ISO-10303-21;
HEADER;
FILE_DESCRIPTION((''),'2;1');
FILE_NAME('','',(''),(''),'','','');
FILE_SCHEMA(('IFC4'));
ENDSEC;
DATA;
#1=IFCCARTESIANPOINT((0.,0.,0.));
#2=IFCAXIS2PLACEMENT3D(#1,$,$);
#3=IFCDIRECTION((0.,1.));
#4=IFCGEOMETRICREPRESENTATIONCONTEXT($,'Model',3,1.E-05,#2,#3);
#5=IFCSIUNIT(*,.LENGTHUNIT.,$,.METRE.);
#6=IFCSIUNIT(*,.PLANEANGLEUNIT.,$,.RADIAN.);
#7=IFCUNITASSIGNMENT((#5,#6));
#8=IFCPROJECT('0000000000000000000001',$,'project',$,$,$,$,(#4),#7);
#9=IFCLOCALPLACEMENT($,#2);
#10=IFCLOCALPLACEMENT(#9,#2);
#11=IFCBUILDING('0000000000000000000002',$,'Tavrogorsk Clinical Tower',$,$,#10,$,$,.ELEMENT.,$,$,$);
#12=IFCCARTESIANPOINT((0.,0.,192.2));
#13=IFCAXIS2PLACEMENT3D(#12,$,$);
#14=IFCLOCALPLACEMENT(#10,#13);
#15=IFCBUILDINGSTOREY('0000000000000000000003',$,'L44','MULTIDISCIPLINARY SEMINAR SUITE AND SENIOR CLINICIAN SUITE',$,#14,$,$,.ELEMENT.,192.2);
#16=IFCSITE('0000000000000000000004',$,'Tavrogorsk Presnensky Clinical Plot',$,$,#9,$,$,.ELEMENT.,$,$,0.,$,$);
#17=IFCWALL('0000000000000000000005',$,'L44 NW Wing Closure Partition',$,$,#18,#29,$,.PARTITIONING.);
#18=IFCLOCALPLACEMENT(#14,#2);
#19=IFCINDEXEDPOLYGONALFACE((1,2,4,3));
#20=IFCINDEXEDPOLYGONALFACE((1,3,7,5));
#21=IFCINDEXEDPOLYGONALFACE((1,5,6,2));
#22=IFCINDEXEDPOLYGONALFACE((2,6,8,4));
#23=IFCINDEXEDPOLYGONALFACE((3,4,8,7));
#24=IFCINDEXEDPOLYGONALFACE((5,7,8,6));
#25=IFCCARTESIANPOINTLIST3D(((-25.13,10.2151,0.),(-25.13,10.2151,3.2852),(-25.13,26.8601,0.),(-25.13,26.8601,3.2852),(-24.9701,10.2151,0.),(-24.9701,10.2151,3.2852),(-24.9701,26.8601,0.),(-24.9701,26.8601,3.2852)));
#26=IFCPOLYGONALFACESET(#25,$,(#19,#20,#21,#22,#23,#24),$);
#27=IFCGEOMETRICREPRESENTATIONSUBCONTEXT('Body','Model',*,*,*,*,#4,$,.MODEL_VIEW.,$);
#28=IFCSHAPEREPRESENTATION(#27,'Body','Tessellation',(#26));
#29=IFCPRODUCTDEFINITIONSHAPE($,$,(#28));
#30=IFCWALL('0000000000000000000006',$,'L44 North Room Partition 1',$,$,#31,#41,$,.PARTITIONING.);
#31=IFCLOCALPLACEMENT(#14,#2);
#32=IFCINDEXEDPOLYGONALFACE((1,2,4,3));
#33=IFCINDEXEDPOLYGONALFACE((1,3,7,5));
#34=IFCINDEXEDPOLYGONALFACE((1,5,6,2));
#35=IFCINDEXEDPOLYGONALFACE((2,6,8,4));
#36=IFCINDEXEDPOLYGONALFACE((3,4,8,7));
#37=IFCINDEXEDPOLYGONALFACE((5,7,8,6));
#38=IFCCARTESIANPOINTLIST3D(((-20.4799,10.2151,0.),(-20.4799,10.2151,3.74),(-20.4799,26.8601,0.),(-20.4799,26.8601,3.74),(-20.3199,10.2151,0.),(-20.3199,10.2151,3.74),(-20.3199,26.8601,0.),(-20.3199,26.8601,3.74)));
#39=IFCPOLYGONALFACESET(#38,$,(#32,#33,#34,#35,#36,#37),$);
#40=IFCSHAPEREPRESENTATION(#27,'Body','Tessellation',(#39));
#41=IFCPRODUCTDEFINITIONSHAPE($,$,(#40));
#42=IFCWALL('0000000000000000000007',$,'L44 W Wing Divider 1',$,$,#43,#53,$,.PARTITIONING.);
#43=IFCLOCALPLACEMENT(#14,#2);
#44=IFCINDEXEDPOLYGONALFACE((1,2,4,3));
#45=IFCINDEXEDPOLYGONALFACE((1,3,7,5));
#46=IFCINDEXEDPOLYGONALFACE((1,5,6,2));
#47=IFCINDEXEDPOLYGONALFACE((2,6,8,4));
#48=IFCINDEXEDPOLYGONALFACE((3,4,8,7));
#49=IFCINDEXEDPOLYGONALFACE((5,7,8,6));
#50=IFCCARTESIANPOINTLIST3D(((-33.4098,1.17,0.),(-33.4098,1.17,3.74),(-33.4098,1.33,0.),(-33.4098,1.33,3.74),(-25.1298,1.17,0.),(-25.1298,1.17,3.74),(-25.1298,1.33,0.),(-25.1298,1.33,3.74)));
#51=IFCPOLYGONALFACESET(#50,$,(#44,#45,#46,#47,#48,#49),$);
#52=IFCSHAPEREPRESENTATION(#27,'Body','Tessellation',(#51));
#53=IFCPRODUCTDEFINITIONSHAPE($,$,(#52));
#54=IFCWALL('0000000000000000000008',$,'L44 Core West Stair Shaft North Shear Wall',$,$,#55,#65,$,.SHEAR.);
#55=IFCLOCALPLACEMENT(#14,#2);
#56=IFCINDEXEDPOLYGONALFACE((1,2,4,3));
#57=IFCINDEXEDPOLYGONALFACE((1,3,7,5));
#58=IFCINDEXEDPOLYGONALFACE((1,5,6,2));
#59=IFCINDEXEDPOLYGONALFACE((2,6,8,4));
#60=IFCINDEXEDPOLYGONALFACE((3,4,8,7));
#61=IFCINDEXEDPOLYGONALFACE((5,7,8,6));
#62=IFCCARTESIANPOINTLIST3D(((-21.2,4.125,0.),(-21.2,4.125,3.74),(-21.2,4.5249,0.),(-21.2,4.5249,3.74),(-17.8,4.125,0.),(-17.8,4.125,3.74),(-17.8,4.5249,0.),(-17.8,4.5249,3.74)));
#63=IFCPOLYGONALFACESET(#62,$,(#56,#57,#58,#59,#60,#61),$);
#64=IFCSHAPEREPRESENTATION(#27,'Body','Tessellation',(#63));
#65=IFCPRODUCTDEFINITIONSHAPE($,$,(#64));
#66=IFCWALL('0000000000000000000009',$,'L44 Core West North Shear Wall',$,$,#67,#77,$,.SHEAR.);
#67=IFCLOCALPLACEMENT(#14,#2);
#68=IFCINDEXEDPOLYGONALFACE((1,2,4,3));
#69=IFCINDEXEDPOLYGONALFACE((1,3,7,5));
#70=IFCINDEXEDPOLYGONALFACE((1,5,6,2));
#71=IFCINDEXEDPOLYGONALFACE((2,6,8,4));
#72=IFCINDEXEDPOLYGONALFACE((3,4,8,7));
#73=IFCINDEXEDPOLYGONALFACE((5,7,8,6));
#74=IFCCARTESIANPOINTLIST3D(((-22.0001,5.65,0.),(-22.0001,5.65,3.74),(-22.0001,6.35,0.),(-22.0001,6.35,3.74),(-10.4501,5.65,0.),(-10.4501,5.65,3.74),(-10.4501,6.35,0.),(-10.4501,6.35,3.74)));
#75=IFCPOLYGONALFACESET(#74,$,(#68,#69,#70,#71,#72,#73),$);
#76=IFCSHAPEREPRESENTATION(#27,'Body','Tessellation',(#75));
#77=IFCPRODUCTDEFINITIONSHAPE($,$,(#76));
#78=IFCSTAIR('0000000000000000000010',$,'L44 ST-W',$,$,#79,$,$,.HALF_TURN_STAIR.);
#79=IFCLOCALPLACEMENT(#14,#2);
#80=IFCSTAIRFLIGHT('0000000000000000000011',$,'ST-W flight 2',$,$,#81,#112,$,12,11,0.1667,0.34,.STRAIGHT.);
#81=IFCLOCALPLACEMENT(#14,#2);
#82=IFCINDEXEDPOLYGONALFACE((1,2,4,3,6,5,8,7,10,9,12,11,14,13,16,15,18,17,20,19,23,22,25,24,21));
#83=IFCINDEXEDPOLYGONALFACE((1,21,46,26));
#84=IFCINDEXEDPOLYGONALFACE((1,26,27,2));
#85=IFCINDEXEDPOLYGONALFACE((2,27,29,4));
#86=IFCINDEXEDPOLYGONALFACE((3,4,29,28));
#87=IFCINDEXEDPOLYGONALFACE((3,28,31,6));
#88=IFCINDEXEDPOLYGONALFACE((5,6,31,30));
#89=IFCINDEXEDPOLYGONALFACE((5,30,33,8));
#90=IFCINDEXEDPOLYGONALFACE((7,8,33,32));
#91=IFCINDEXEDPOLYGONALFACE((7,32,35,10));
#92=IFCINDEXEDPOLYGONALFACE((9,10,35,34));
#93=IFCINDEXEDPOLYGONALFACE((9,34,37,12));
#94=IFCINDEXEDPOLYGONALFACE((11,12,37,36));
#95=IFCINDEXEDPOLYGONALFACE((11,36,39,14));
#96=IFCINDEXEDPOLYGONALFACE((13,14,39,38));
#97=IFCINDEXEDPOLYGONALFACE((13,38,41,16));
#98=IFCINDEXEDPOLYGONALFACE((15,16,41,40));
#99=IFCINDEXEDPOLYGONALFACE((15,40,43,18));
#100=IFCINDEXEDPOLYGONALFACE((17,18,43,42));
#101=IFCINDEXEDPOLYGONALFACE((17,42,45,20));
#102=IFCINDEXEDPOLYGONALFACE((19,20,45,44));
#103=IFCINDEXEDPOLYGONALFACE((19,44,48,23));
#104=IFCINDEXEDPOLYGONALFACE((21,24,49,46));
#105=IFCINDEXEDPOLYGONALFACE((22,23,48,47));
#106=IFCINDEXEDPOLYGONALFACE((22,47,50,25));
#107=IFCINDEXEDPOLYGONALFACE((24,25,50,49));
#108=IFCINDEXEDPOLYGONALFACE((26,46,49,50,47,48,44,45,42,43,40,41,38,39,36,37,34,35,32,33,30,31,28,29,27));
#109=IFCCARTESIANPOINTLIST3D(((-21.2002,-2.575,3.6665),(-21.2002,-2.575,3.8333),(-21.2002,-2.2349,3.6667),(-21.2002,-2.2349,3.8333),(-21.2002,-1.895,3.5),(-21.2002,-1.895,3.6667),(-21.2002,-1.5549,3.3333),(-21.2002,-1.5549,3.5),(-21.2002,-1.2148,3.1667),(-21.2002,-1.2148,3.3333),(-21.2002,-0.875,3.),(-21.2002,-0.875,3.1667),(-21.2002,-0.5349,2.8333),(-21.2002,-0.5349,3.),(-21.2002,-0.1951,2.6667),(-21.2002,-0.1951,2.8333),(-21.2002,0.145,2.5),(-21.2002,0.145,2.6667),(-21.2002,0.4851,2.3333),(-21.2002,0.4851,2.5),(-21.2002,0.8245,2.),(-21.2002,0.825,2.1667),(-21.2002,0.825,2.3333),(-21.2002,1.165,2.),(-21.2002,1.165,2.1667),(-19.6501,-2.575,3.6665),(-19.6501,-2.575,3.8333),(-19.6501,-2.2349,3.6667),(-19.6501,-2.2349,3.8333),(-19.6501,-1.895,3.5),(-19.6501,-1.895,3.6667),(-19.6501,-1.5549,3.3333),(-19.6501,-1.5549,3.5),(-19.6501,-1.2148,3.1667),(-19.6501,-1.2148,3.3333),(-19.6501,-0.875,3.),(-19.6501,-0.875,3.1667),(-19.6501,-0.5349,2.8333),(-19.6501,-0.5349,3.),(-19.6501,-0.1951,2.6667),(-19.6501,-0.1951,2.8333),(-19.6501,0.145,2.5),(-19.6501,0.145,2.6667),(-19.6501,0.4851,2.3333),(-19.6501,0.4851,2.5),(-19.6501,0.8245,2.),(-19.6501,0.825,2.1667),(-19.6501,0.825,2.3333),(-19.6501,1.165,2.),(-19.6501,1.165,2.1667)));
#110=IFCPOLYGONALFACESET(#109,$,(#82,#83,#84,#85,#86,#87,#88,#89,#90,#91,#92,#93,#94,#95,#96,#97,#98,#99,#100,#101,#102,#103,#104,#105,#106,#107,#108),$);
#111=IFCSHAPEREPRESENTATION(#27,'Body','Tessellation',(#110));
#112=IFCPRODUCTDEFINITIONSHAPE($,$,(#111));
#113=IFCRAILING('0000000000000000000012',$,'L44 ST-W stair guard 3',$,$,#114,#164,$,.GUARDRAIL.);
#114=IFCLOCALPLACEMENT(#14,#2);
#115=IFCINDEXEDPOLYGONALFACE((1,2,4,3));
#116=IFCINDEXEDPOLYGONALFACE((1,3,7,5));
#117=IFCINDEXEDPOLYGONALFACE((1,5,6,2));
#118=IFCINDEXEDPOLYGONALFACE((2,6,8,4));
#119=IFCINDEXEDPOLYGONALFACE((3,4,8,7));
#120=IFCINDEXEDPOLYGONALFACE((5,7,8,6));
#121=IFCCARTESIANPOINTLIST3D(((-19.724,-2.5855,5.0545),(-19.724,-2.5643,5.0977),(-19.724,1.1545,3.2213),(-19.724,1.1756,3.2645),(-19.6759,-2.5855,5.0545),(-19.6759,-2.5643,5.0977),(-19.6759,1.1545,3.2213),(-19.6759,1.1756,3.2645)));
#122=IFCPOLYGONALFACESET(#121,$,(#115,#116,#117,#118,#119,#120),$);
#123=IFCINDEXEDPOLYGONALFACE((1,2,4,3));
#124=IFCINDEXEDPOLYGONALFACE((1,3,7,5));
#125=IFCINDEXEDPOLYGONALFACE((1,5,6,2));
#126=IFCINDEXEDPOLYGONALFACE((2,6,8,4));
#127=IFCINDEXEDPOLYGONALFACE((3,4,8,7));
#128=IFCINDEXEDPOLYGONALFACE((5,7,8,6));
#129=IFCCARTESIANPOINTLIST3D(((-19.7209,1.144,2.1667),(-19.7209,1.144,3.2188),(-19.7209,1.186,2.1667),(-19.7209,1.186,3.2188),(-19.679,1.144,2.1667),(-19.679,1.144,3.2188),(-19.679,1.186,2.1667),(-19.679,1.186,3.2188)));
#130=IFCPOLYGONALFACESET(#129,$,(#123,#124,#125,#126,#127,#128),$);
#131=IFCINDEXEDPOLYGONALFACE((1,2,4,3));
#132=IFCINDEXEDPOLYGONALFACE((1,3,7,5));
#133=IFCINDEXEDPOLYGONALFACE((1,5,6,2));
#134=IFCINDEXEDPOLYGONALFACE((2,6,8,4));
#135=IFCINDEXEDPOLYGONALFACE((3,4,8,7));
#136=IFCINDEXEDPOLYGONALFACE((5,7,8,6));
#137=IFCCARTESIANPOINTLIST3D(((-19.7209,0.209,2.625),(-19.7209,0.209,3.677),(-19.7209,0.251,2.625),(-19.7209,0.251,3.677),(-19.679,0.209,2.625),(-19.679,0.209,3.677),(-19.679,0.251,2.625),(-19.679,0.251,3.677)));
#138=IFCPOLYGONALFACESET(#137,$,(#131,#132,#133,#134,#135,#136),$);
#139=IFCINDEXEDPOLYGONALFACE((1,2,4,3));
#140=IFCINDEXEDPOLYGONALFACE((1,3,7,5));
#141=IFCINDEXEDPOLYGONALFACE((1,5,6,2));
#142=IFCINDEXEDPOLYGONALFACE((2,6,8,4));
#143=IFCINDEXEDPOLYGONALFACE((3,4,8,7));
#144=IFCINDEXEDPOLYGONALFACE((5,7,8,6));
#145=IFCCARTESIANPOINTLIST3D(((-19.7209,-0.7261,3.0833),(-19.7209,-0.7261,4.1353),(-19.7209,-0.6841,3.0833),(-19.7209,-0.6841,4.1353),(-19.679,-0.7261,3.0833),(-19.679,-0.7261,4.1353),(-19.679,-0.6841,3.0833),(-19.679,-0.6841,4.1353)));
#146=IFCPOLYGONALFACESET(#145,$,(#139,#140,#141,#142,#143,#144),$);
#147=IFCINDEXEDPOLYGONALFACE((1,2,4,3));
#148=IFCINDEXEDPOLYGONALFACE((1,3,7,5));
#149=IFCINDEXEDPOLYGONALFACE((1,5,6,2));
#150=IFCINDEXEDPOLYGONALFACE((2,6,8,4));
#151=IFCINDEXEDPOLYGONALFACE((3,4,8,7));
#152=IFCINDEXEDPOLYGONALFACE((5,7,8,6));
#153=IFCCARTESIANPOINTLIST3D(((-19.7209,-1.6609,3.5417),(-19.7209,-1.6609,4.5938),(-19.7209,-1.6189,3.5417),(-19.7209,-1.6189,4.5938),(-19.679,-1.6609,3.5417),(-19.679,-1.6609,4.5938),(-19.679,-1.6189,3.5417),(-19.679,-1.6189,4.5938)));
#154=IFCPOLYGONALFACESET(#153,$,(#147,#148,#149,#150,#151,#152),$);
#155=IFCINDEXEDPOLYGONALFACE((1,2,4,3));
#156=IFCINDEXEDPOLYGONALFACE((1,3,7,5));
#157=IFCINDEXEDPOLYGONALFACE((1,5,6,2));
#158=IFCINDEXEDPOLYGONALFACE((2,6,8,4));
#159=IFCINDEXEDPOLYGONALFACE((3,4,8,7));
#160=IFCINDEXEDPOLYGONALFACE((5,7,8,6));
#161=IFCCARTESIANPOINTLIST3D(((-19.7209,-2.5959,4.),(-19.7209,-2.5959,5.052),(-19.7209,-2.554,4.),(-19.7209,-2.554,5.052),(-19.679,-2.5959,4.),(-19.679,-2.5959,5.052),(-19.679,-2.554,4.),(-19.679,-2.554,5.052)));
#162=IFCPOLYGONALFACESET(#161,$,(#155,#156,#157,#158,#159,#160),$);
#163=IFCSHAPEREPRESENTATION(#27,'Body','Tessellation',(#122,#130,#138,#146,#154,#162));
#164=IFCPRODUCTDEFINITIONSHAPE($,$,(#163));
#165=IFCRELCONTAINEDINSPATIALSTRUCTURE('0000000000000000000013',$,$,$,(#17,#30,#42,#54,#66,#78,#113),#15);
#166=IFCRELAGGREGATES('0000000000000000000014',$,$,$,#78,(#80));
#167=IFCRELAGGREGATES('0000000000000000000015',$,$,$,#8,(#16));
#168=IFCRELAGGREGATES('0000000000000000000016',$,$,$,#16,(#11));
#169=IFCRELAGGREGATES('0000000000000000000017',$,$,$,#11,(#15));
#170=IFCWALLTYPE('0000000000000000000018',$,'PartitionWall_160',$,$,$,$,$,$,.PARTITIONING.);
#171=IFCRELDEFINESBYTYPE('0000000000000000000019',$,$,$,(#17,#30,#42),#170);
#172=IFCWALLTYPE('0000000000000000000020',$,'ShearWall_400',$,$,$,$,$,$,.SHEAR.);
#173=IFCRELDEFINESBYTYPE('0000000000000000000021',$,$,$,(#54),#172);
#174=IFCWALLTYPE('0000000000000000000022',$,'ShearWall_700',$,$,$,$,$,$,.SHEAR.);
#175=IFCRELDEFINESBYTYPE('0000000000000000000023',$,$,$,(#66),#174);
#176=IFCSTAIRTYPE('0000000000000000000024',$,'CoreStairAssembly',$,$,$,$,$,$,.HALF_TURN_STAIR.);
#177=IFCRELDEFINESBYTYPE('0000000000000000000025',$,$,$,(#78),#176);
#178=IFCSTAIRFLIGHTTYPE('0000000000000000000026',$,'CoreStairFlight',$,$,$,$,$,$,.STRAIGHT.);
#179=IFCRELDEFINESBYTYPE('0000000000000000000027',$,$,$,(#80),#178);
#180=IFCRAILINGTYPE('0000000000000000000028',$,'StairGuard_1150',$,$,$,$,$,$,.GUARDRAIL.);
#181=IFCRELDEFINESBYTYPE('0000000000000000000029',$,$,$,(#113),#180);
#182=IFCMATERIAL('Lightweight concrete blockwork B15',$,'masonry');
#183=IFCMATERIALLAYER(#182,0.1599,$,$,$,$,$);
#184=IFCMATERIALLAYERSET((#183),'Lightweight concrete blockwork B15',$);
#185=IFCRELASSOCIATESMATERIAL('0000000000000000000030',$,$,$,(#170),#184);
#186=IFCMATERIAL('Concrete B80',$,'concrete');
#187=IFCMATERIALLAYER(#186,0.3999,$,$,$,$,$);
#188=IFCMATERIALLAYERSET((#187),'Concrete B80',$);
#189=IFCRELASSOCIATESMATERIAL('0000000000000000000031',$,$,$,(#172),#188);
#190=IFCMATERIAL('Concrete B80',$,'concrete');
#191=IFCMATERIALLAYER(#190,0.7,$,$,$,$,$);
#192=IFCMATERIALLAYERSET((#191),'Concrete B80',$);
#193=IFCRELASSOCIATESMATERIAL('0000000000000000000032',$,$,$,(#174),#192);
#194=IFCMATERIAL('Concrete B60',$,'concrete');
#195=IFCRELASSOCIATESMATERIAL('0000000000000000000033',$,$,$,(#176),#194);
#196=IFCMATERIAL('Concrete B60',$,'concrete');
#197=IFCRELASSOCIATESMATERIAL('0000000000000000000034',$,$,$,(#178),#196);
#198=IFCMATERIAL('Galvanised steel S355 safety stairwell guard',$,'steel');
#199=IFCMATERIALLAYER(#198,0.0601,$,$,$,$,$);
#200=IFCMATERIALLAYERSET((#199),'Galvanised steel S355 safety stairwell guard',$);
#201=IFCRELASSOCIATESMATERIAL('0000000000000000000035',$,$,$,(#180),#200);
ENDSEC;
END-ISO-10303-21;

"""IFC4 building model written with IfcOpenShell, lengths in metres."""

from ifc_helpers import new_model, si_unit, direction, frame, frame_2d, origin, origin_2d, place, context, subcontext, project, spatial, polyline, rectangle, outline, extrude, material, layer, layer_set, type_object, element, aggregate, save


model = new_model("IFC4")

# Units and contexts
model_context = context("Model", 3, precision=1e-05, world=origin(), true_north=direction((0.0, 1.0)))
body_context = subcontext(model_context, "Body", "Model", "MODEL_VIEW")
ifc_project = project(units=[si_unit("LENGTHUNIT", "METRE"), si_unit("PLANEANGLEUNIT", "RADIAN")], contexts=[model_context])

# Site, building, storey
site_placement = place(None, origin())
site = spatial("IfcSite", under=ifc_project, at=site_placement, Name="Tavrogorsk Presnensky Clinical Plot", CompositionType="ELEMENT", RefElevation=0.0)
building_placement = place(site_placement, origin())
building = spatial("IfcBuilding", under=site, at=building_placement, Name="Tavrogorsk Clinical Tower", CompositionType="ELEMENT")
storey_placement = place(building_placement, frame((0.0, 0.0, 192.2)))
storey = spatial("IfcBuildingStorey", under=building, at=storey_placement, Name="L44", Description="MULTIDISCIPLINARY SEMINAR SUITE AND SENIOR CLINICIAN SUITE", CompositionType="ELEMENT", Elevation=192.2)

# Shared definitions
ifc_material_1 = material(Name="Lightweight concrete blockwork B15", Category="masonry")
ifc_layer_1 = layer(ifc_material_1, 0.1599)
ifc_layer_set_1 = layer_set([ifc_layer_1], Name="Lightweight concrete blockwork B15")
wall_type_1 = type_object("IfcWallType", Name="PartitionWall_160", PredefinedType="PARTITIONING", material=ifc_layer_set_1)

# Walls
wall_1_placement = place(storey_placement, frame((-25.05, 10.2151, 0.0), z_axis=(0.0, 0.0, 1.0), x_axis=(0.0, 1.0, 0.0)))
element("IfcWall", 1, at=wall_1_placement, inside=storey, type_object=wall_type_1, Name="L44 NW Wing Closure Partition", PredefinedType="PARTITIONING", context=body_context, shape_type="SweptSolid", body=[
    extrude(rectangle(XDim=16.645, YDim=0.1599, at=frame_2d((8.3225, 0.0))), origin(), (0.0, 0.0, 1.0), 3.2852),
])
wall_2_placement = place(storey_placement, frame((-20.3999, 10.2151, 0.0), z_axis=(0.0, 0.0, 1.0), x_axis=(0.0, 1.0, 0.0)))
element("IfcWall", 2, at=wall_2_placement, inside=storey, type_object=wall_type_1, Name="L44 North Room Partition 1", PredefinedType="PARTITIONING", context=body_context, shape_type="SweptSolid", body=[
    extrude(rectangle(XDim=16.645, YDim=0.1599, at=frame_2d((8.3225, 0.0))), origin(), (0.0, 0.0, 1.0), 3.74),
])
wall_3_placement = place(storey_placement, frame((-33.4099, 1.25, 0.0), z_axis=(0.0, 0.0, 1.0), x_axis=(1.0, 0.0, 0.0)))
element("IfcWall", 3, at=wall_3_placement, inside=storey, type_object=wall_type_1, Name="L44 W Wing Divider 1", PredefinedType="PARTITIONING", context=body_context, shape_type="SweptSolid", body=[
    extrude(rectangle(XDim=8.28, YDim=0.1599, at=frame_2d((4.1401, 0.0))), origin(), (0.0, 0.0, 1.0), 3.74),
])
ifc_material_2 = material(Name="Concrete B80", Category="concrete")
ifc_layer_2 = layer(ifc_material_2, 0.3999)
ifc_layer_set_2 = layer_set([ifc_layer_2], Name="Concrete B80")
wall_type_2 = type_object("IfcWallType", Name="ShearWall_400", PredefinedType="SHEAR", material=ifc_layer_set_2)
wall_4_placement = place(storey_placement, frame((-21.2, 4.325, 0.0), z_axis=(0.0, 0.0, 1.0), x_axis=(1.0, 0.0, 0.0)))
element("IfcWall", 4, at=wall_4_placement, inside=storey, type_object=wall_type_2, Name="L44 Core West Stair Shaft North Shear Wall", PredefinedType="SHEAR", context=body_context, shape_type="SweptSolid", body=[
    extrude(rectangle(XDim=3.3999, YDim=0.3999, at=frame_2d((1.7, 0.0))), origin(), (0.0, 0.0, 1.0), 3.74),
])
ifc_material_3 = material(Name="Concrete B80", Category="concrete")
ifc_layer_3 = layer(ifc_material_3, 0.7)
ifc_layer_set_3 = layer_set([ifc_layer_3], Name="Concrete B80")
wall_type_3 = type_object("IfcWallType", Name="ShearWall_700", PredefinedType="SHEAR", material=ifc_layer_set_3)
wall_5_placement = place(storey_placement, frame((-22.0, 6.0, 0.0), z_axis=(0.0, 0.0, 1.0), x_axis=(1.0, 0.0, 0.0)))
element("IfcWall", 5, at=wall_5_placement, inside=storey, type_object=wall_type_3, Name="L44 Core West North Shear Wall", PredefinedType="SHEAR", context=body_context, shape_type="SweptSolid", body=[
    extrude(rectangle(XDim=11.55, YDim=0.7, at=frame_2d((5.7749, 0.0))), origin(), (0.0, 0.0, 1.0), 3.74),
])

# Stair, stair flight
ifc_material_4 = material(Name="Concrete B60", Category="concrete")
stair_type = type_object("IfcStairType", Name="CoreStairAssembly", PredefinedType="HALF_TURN_STAIR", material=ifc_material_4)
stair_placement = place(storey_placement, origin())
stair = element("IfcStair", 6, at=stair_placement, inside=storey, type_object=stair_type, Name="L44 ST-W", PredefinedType="HALF_TURN_STAIR")
ifc_material_5 = material(Name="Concrete B60", Category="concrete")
stair_flight_type = type_object("IfcStairFlightType", Name="CoreStairFlight", PredefinedType="STRAIGHT", material=ifc_material_5)
stair_flight_placement = place(storey_placement, frame((-20.425, 1.165, 2.0), z_axis=(0.0, 0.0, 1.0), x_axis=(0.0, -1.0, 0.0)))
stair_flight = element("IfcStairFlight", 7, at=stair_flight_placement, type_object=stair_flight_type, Name="ST-W flight 2", NumberOfRisers=12, NumberOfTreads=11, PredefinedType="STRAIGHT", RiserHeight=0.1667, TreadLength=0.34, context=body_context, shape_type="SweptSolid", body=[
    extrude(outline(polyline([(0.0, 0.0), (0.0, 0.1667), (0.3401, 0.1667), (0.3401, 0.3333), (0.6799, 0.3333), (0.6799, 0.5), (1.02, 0.5), (1.02, 0.6667), (1.3601, 0.6667), (1.3601, 0.8333), (1.7, 0.8333), (1.7, 1.0), (2.04, 1.0), (2.04, 1.1667), (2.3799, 1.1667), (2.3799, 1.3333), (2.72, 1.3333), (2.72, 1.5), (3.0601, 1.5), (3.0601, 1.6667), (3.3999, 1.6667), (3.3999, 1.8333), (3.74, 1.8333), (3.74, 2.0), (3.74, 1.6665), (0.3406, 0.0), (0.0, 0.0)])), frame((0.0, 0.7749, 0.0), z_axis=(0.0, -1.0, 0.0), x_axis=(1.0, 0.0, 0.0)), (0.0, 0.0, 1.0), 1.55),
])
aggregate(stair, [stair_flight])

# Railing
ifc_material_6 = material(Name="Galvanised steel S355 safety stairwell guard", Category="steel")
ifc_layer_4 = layer(ifc_material_6, 0.0601)
ifc_layer_set_4 = layer_set([ifc_layer_4], Name="Galvanised steel S355 safety stairwell guard")
railing_type_1 = type_object("IfcRailingType", Name="StairGuard_1150", PredefinedType="GUARDRAIL", material=ifc_layer_set_4)
railing_1_placement = place(storey_placement, frame((-19.7, 1.165, 2.1667)))
element("IfcRailing", 8, at=railing_1_placement, inside=storey, type_object=railing_type_1, Name="L44 ST-W stair guard 3", PredefinedType="GUARDRAIL", context=body_context, shape_type="SweptSolid", body=[
    extrude(rectangle(XDim=0.0481, YDim=0.0481, at=origin_2d()), frame((0.0, 0.0, 1.0762), z_axis=(0.0, -0.897928, 0.440142), x_axis=(1.0, 0.0, 0.0)), (0.0, 0.0, 1.0), 4.165),
    extrude(rectangle(XDim=0.042, YDim=0.042, at=origin_2d()), origin(), (0.0, 0.0, 1.0), 1.052),
    extrude(rectangle(XDim=0.042, YDim=0.042, at=origin_2d()), frame((0.0, -0.9351, 0.4583)), (0.0, 0.0, 1.0), 1.052),
    extrude(rectangle(XDim=0.042, YDim=0.042, at=origin_2d()), frame((0.0, -1.8701, 0.9165)), (0.0, 0.0, 1.0), 1.052),
    extrude(rectangle(XDim=0.042, YDim=0.042, at=origin_2d()), frame((0.0, -2.8049, 1.375)), (0.0, 0.0, 1.0), 1.052),
    extrude(rectangle(XDim=0.042, YDim=0.042, at=origin_2d()), frame((0.0, -3.74, 1.8333)), (0.0, 0.0, 1.0), 1.052),
])

save(model, "model.ifc")
